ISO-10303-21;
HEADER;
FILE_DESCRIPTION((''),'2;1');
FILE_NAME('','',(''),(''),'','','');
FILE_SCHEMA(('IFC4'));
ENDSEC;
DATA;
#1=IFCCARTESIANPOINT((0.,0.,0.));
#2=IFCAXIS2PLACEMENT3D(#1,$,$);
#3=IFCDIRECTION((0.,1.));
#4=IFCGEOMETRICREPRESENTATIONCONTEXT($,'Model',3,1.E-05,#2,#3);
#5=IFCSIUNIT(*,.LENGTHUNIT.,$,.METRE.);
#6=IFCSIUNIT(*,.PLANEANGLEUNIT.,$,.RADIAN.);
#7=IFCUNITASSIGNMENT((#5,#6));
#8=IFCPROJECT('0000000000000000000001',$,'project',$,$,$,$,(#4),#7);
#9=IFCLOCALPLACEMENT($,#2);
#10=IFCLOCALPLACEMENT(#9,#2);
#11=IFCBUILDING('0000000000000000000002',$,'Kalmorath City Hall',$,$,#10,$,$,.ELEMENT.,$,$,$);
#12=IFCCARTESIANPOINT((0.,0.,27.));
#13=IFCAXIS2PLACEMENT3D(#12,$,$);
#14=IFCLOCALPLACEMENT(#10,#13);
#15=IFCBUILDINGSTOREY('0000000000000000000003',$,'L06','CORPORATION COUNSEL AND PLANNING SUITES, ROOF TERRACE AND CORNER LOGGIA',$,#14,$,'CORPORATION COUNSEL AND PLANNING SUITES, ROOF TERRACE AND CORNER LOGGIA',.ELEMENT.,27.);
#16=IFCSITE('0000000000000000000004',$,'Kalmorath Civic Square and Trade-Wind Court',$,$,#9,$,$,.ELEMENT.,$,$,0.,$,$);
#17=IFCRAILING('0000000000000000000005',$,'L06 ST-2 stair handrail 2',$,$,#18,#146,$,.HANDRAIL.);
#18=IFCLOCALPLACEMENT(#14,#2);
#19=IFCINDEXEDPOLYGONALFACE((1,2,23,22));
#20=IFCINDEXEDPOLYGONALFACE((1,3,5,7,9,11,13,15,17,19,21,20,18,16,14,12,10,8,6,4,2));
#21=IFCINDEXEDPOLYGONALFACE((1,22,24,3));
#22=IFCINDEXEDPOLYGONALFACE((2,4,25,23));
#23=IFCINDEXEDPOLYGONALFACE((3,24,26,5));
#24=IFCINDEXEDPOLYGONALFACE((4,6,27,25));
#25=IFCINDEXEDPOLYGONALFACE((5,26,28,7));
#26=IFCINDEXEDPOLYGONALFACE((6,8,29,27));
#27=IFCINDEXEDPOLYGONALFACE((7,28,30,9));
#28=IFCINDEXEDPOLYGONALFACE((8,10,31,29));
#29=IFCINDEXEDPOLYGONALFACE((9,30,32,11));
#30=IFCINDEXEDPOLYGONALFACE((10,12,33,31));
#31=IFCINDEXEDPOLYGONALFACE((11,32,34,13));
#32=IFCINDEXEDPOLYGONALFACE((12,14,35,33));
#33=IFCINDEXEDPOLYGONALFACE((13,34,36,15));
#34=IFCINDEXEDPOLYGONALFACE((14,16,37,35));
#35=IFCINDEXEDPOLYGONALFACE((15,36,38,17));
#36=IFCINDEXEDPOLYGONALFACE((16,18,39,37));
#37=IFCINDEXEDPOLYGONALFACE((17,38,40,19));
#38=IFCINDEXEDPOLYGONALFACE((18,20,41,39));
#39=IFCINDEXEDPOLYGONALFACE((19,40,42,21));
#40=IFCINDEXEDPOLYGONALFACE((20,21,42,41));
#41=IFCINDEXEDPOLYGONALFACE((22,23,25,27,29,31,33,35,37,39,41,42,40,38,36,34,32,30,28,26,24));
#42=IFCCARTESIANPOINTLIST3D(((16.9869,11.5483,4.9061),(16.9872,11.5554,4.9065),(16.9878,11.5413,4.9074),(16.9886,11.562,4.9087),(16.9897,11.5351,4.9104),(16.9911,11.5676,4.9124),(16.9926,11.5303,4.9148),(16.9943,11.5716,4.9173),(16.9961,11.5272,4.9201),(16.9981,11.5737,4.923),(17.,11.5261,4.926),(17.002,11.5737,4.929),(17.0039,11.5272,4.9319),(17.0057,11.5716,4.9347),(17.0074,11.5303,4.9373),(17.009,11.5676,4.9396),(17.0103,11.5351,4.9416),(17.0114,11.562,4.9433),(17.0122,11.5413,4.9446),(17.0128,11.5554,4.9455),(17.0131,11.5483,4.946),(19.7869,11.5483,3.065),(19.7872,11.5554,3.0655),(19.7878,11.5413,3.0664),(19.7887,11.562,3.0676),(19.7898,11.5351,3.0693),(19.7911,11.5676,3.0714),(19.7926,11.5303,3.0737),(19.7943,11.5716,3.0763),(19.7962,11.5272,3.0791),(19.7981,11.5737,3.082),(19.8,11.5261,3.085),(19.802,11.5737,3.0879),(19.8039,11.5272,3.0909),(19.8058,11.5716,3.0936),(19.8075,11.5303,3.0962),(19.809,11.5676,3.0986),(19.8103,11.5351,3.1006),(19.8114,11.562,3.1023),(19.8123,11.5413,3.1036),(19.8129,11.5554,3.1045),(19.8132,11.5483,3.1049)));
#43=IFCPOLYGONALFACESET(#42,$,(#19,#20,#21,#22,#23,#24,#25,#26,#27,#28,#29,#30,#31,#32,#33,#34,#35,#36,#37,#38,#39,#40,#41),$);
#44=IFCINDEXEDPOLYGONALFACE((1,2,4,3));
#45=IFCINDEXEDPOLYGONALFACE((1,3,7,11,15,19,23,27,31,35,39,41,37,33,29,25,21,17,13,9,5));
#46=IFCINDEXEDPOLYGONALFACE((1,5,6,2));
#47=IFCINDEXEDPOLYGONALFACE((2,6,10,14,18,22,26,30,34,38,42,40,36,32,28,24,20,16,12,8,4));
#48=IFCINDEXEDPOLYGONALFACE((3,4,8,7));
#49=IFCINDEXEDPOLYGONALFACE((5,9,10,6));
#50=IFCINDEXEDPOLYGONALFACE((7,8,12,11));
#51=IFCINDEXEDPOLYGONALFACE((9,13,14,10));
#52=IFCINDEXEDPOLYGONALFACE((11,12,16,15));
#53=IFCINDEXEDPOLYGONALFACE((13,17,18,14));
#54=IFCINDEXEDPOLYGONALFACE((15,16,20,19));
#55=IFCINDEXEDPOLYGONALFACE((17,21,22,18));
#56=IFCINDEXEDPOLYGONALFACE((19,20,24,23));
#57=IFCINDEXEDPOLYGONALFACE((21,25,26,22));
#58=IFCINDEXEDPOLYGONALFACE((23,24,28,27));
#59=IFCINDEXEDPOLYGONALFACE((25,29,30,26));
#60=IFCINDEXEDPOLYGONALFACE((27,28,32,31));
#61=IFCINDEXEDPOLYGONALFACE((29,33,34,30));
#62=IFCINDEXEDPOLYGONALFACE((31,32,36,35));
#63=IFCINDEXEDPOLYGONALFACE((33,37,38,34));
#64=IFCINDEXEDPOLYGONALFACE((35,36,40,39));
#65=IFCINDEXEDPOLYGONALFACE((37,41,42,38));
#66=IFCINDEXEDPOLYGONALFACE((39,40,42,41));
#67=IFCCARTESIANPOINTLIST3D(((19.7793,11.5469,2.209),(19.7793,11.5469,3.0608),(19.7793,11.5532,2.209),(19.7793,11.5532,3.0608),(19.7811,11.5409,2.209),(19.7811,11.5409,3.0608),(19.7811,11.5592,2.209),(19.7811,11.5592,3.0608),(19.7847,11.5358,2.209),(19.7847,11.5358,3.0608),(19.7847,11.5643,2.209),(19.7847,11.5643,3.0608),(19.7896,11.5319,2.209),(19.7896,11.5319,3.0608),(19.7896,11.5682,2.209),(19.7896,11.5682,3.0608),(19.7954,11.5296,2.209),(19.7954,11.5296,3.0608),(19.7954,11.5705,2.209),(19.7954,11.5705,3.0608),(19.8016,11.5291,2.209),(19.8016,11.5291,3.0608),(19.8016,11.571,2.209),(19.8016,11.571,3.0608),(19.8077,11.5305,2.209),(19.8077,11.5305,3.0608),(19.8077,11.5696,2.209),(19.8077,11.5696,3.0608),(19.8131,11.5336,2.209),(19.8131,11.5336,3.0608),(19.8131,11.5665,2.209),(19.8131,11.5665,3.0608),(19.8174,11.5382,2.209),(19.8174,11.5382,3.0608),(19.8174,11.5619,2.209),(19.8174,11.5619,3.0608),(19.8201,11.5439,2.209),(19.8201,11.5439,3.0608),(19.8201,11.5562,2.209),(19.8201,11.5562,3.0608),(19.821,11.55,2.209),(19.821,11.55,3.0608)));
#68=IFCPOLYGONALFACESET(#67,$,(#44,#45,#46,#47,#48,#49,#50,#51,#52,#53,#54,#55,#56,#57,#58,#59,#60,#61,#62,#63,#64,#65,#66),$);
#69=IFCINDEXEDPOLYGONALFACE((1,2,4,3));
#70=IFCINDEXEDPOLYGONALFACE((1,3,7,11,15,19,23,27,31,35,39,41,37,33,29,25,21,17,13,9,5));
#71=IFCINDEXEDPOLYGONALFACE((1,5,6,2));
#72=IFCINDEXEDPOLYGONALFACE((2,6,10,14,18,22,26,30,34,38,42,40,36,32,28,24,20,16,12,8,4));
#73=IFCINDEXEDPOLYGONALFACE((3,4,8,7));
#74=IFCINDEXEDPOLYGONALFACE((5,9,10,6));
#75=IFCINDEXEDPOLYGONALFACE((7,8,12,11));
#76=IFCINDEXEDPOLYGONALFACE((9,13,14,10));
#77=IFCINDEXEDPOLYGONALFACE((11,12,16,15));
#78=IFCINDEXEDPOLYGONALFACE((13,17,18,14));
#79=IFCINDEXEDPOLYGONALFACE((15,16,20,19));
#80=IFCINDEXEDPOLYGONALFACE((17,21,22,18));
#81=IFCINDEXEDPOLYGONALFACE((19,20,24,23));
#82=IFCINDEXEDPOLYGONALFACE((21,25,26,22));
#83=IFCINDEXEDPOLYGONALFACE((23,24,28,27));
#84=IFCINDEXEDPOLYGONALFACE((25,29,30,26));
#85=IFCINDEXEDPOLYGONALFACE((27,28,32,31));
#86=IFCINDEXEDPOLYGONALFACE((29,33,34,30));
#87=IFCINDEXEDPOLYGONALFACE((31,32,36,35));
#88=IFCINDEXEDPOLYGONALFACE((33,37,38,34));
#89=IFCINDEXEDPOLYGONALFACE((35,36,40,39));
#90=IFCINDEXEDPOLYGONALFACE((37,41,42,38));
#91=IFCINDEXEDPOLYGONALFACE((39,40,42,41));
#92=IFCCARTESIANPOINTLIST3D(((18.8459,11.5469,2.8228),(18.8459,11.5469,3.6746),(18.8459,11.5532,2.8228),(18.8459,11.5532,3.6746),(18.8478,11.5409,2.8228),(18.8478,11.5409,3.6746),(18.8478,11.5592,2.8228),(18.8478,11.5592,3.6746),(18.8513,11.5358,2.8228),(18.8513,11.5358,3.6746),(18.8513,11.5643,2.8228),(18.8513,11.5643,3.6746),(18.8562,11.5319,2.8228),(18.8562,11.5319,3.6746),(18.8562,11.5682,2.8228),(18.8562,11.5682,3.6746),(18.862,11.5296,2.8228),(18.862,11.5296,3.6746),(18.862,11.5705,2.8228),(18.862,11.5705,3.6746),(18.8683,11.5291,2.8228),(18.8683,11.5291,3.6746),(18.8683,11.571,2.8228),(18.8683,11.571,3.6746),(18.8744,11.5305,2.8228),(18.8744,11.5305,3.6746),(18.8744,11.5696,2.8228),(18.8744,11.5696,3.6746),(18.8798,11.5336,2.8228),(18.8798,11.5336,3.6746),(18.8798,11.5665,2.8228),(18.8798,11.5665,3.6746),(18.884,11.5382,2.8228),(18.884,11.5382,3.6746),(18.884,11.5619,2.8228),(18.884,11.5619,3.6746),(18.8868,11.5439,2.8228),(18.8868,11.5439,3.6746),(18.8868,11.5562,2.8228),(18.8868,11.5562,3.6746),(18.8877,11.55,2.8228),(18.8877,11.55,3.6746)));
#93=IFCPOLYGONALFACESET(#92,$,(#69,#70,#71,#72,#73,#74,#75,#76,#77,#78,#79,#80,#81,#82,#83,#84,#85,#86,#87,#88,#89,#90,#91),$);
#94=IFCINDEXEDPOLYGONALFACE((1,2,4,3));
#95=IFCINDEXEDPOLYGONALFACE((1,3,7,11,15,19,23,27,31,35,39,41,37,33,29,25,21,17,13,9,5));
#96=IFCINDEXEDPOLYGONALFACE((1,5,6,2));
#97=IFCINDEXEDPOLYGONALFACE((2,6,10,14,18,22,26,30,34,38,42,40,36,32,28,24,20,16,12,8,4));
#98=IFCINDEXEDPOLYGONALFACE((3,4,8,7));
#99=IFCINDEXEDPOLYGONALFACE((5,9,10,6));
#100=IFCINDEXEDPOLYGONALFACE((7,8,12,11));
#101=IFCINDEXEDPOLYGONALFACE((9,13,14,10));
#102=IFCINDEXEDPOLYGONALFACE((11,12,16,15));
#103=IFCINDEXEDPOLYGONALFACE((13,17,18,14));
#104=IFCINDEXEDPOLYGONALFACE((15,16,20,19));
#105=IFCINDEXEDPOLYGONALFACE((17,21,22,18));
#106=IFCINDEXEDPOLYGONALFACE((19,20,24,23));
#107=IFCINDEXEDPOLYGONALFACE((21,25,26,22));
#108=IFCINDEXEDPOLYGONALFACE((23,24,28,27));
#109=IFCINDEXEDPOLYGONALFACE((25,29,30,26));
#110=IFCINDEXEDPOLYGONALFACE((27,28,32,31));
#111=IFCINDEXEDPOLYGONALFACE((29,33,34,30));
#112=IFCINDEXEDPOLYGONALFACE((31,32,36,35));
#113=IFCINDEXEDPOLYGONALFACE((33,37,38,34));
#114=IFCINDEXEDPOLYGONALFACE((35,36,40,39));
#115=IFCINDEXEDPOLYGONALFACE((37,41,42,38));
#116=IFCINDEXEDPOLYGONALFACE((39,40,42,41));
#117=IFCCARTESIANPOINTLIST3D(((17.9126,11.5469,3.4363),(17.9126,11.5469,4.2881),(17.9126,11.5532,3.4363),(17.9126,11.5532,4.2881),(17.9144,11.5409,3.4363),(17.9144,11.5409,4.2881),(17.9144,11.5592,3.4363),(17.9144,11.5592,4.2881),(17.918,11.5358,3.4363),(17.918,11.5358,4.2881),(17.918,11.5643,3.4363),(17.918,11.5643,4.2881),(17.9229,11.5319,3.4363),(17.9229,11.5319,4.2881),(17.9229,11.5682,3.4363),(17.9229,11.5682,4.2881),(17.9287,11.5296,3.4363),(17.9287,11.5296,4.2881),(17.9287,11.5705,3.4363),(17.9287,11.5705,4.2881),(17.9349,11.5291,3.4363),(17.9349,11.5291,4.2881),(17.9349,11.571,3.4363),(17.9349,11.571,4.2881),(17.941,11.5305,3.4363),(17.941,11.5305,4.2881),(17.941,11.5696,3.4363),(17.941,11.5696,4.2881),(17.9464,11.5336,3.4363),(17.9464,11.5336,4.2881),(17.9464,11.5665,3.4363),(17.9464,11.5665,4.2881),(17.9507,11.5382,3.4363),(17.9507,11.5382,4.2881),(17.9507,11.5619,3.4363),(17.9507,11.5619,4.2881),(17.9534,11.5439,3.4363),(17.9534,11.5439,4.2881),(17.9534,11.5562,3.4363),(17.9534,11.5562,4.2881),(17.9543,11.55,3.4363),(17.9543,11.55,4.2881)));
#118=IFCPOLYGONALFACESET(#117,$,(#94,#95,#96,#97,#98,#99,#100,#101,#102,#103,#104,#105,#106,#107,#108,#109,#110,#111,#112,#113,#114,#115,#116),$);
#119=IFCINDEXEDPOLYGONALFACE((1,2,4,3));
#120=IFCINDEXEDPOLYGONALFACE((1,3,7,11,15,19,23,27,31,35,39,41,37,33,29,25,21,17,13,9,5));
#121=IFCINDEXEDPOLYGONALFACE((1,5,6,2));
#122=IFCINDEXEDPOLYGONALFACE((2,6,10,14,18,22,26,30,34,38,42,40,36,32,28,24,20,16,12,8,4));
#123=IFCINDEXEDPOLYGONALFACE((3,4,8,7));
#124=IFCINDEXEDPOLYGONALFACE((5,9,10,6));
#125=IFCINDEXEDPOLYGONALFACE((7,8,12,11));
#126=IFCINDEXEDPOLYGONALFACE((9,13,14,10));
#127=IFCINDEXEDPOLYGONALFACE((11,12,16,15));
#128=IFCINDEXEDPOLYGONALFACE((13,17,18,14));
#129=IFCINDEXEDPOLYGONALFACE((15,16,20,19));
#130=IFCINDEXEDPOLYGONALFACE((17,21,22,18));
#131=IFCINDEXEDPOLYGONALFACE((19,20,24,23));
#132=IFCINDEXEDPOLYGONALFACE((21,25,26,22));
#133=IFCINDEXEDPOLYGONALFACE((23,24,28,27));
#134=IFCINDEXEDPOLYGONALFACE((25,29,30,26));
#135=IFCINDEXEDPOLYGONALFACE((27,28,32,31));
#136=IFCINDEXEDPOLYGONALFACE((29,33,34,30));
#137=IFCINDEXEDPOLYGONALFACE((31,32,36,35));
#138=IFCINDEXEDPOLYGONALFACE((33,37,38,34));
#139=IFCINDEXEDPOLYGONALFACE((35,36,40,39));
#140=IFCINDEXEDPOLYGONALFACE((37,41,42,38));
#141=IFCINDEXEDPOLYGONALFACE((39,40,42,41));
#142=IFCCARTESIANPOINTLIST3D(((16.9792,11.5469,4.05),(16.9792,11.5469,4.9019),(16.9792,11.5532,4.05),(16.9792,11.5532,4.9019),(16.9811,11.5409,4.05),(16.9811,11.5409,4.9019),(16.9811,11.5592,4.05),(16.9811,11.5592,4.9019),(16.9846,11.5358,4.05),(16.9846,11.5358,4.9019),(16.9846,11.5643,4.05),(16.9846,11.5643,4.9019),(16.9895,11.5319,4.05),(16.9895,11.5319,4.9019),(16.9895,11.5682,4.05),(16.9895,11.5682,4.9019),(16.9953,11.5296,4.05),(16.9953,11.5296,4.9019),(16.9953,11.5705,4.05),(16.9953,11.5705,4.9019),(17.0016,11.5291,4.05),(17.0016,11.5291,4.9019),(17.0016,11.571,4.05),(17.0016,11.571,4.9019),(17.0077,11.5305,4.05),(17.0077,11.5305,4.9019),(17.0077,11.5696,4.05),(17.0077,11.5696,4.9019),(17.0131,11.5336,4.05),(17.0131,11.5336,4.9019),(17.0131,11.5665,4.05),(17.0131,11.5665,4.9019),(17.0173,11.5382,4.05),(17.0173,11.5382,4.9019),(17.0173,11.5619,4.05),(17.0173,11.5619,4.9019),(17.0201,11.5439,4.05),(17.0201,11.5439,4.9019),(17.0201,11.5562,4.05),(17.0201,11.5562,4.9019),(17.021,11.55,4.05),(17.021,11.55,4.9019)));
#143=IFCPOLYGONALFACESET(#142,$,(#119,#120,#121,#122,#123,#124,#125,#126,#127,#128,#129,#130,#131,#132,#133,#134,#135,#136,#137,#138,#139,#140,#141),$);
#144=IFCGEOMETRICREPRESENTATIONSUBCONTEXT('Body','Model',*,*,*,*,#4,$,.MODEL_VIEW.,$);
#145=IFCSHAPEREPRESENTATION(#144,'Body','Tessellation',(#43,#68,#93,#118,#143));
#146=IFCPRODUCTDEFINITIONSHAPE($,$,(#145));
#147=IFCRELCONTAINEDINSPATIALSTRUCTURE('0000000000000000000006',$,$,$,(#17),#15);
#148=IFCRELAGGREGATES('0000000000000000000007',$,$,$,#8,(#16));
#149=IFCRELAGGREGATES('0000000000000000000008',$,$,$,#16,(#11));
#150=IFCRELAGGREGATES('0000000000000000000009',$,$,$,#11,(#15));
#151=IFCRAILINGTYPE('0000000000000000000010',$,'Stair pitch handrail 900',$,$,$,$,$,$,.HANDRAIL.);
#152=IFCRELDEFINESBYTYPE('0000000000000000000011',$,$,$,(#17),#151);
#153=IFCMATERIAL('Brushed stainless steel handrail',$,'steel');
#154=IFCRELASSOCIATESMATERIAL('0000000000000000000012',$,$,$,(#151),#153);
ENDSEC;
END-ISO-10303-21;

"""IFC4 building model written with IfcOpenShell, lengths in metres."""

from ifc_helpers import new_model, si_unit, direction, frame, origin, origin_2d, place, context, subcontext, project, spatial, circle, extrude, material, type_object, element, save


model = new_model("IFC4")

# Units and contexts
model_context = context("Model", 3, precision=1e-05, world=origin(), true_north=direction((0.0, 1.0)))
body_context = subcontext(model_context, "Body", "Model", "MODEL_VIEW")
ifc_project = project(units=[si_unit("LENGTHUNIT", "METRE"), si_unit("PLANEANGLEUNIT", "RADIAN")], contexts=[model_context])

# Site, building, storey
site_placement = place(None, origin())
site = spatial("IfcSite", under=ifc_project, at=site_placement, Name="Kalmorath Civic Square and Trade-Wind Court", CompositionType="ELEMENT", RefElevation=0.0)
building_placement = place(site_placement, origin())
building = spatial("IfcBuilding", under=site, at=building_placement, Name="Kalmorath City Hall", CompositionType="ELEMENT")
storey_placement = place(building_placement, frame((0.0, 0.0, 27.0)))
storey = spatial("IfcBuildingStorey", under=building, at=storey_placement, Name="L06", Description="CORPORATION COUNSEL AND PLANNING SUITES, ROOF TERRACE AND CORNER LOGGIA", LongName="CORPORATION COUNSEL AND PLANNING SUITES, ROOF TERRACE AND CORNER LOGGIA", CompositionType="ELEMENT", Elevation=27.0)

# Railing
ifc_material_1 = material(Name="Brushed stainless steel handrail", Category="steel")
railing_type_1 = type_object("IfcRailingType", Name="Stair pitch handrail 900", PredefinedType="HANDRAIL", material=ifc_material_1)
railing_1_placement = place(storey_placement, frame((19.8, 11.55, 2.209)))
element("IfcRailing", 1, at=railing_1_placement, inside=storey, type_object=railing_type_1, Name="L06 ST-2 stair handrail 2", PredefinedType="HANDRAIL", context=body_context, shape_type="SweptSolid", body=[
    extrude(circle(Radius=0.0239, at=origin_2d()), frame((0.0, 0.0, 0.876), z_axis=(-0.835564, 0.0, 0.549393), x_axis=(0.0, -1.0, 0.0)), (0.0, 0.0, 1.0), 3.3511),
    extrude(circle(Radius=0.021, at=origin_2d()), origin(), (0.0, 0.0, 1.0), 0.8518),
    extrude(circle(Radius=0.021, at=origin_2d()), frame((-0.9333, 0.0, 0.6138)), (0.0, 0.0, 1.0), 0.8518),
    extrude(circle(Radius=0.021, at=origin_2d()), frame((-1.8667, 0.0, 1.2273)), (0.0, 0.0, 1.0), 0.8518),
    extrude(circle(Radius=0.021, at=origin_2d()), frame((-2.8, 0.0, 1.8411)), (0.0, 0.0, 1.0), 0.8518),
])

save(model, "model.ifc")
